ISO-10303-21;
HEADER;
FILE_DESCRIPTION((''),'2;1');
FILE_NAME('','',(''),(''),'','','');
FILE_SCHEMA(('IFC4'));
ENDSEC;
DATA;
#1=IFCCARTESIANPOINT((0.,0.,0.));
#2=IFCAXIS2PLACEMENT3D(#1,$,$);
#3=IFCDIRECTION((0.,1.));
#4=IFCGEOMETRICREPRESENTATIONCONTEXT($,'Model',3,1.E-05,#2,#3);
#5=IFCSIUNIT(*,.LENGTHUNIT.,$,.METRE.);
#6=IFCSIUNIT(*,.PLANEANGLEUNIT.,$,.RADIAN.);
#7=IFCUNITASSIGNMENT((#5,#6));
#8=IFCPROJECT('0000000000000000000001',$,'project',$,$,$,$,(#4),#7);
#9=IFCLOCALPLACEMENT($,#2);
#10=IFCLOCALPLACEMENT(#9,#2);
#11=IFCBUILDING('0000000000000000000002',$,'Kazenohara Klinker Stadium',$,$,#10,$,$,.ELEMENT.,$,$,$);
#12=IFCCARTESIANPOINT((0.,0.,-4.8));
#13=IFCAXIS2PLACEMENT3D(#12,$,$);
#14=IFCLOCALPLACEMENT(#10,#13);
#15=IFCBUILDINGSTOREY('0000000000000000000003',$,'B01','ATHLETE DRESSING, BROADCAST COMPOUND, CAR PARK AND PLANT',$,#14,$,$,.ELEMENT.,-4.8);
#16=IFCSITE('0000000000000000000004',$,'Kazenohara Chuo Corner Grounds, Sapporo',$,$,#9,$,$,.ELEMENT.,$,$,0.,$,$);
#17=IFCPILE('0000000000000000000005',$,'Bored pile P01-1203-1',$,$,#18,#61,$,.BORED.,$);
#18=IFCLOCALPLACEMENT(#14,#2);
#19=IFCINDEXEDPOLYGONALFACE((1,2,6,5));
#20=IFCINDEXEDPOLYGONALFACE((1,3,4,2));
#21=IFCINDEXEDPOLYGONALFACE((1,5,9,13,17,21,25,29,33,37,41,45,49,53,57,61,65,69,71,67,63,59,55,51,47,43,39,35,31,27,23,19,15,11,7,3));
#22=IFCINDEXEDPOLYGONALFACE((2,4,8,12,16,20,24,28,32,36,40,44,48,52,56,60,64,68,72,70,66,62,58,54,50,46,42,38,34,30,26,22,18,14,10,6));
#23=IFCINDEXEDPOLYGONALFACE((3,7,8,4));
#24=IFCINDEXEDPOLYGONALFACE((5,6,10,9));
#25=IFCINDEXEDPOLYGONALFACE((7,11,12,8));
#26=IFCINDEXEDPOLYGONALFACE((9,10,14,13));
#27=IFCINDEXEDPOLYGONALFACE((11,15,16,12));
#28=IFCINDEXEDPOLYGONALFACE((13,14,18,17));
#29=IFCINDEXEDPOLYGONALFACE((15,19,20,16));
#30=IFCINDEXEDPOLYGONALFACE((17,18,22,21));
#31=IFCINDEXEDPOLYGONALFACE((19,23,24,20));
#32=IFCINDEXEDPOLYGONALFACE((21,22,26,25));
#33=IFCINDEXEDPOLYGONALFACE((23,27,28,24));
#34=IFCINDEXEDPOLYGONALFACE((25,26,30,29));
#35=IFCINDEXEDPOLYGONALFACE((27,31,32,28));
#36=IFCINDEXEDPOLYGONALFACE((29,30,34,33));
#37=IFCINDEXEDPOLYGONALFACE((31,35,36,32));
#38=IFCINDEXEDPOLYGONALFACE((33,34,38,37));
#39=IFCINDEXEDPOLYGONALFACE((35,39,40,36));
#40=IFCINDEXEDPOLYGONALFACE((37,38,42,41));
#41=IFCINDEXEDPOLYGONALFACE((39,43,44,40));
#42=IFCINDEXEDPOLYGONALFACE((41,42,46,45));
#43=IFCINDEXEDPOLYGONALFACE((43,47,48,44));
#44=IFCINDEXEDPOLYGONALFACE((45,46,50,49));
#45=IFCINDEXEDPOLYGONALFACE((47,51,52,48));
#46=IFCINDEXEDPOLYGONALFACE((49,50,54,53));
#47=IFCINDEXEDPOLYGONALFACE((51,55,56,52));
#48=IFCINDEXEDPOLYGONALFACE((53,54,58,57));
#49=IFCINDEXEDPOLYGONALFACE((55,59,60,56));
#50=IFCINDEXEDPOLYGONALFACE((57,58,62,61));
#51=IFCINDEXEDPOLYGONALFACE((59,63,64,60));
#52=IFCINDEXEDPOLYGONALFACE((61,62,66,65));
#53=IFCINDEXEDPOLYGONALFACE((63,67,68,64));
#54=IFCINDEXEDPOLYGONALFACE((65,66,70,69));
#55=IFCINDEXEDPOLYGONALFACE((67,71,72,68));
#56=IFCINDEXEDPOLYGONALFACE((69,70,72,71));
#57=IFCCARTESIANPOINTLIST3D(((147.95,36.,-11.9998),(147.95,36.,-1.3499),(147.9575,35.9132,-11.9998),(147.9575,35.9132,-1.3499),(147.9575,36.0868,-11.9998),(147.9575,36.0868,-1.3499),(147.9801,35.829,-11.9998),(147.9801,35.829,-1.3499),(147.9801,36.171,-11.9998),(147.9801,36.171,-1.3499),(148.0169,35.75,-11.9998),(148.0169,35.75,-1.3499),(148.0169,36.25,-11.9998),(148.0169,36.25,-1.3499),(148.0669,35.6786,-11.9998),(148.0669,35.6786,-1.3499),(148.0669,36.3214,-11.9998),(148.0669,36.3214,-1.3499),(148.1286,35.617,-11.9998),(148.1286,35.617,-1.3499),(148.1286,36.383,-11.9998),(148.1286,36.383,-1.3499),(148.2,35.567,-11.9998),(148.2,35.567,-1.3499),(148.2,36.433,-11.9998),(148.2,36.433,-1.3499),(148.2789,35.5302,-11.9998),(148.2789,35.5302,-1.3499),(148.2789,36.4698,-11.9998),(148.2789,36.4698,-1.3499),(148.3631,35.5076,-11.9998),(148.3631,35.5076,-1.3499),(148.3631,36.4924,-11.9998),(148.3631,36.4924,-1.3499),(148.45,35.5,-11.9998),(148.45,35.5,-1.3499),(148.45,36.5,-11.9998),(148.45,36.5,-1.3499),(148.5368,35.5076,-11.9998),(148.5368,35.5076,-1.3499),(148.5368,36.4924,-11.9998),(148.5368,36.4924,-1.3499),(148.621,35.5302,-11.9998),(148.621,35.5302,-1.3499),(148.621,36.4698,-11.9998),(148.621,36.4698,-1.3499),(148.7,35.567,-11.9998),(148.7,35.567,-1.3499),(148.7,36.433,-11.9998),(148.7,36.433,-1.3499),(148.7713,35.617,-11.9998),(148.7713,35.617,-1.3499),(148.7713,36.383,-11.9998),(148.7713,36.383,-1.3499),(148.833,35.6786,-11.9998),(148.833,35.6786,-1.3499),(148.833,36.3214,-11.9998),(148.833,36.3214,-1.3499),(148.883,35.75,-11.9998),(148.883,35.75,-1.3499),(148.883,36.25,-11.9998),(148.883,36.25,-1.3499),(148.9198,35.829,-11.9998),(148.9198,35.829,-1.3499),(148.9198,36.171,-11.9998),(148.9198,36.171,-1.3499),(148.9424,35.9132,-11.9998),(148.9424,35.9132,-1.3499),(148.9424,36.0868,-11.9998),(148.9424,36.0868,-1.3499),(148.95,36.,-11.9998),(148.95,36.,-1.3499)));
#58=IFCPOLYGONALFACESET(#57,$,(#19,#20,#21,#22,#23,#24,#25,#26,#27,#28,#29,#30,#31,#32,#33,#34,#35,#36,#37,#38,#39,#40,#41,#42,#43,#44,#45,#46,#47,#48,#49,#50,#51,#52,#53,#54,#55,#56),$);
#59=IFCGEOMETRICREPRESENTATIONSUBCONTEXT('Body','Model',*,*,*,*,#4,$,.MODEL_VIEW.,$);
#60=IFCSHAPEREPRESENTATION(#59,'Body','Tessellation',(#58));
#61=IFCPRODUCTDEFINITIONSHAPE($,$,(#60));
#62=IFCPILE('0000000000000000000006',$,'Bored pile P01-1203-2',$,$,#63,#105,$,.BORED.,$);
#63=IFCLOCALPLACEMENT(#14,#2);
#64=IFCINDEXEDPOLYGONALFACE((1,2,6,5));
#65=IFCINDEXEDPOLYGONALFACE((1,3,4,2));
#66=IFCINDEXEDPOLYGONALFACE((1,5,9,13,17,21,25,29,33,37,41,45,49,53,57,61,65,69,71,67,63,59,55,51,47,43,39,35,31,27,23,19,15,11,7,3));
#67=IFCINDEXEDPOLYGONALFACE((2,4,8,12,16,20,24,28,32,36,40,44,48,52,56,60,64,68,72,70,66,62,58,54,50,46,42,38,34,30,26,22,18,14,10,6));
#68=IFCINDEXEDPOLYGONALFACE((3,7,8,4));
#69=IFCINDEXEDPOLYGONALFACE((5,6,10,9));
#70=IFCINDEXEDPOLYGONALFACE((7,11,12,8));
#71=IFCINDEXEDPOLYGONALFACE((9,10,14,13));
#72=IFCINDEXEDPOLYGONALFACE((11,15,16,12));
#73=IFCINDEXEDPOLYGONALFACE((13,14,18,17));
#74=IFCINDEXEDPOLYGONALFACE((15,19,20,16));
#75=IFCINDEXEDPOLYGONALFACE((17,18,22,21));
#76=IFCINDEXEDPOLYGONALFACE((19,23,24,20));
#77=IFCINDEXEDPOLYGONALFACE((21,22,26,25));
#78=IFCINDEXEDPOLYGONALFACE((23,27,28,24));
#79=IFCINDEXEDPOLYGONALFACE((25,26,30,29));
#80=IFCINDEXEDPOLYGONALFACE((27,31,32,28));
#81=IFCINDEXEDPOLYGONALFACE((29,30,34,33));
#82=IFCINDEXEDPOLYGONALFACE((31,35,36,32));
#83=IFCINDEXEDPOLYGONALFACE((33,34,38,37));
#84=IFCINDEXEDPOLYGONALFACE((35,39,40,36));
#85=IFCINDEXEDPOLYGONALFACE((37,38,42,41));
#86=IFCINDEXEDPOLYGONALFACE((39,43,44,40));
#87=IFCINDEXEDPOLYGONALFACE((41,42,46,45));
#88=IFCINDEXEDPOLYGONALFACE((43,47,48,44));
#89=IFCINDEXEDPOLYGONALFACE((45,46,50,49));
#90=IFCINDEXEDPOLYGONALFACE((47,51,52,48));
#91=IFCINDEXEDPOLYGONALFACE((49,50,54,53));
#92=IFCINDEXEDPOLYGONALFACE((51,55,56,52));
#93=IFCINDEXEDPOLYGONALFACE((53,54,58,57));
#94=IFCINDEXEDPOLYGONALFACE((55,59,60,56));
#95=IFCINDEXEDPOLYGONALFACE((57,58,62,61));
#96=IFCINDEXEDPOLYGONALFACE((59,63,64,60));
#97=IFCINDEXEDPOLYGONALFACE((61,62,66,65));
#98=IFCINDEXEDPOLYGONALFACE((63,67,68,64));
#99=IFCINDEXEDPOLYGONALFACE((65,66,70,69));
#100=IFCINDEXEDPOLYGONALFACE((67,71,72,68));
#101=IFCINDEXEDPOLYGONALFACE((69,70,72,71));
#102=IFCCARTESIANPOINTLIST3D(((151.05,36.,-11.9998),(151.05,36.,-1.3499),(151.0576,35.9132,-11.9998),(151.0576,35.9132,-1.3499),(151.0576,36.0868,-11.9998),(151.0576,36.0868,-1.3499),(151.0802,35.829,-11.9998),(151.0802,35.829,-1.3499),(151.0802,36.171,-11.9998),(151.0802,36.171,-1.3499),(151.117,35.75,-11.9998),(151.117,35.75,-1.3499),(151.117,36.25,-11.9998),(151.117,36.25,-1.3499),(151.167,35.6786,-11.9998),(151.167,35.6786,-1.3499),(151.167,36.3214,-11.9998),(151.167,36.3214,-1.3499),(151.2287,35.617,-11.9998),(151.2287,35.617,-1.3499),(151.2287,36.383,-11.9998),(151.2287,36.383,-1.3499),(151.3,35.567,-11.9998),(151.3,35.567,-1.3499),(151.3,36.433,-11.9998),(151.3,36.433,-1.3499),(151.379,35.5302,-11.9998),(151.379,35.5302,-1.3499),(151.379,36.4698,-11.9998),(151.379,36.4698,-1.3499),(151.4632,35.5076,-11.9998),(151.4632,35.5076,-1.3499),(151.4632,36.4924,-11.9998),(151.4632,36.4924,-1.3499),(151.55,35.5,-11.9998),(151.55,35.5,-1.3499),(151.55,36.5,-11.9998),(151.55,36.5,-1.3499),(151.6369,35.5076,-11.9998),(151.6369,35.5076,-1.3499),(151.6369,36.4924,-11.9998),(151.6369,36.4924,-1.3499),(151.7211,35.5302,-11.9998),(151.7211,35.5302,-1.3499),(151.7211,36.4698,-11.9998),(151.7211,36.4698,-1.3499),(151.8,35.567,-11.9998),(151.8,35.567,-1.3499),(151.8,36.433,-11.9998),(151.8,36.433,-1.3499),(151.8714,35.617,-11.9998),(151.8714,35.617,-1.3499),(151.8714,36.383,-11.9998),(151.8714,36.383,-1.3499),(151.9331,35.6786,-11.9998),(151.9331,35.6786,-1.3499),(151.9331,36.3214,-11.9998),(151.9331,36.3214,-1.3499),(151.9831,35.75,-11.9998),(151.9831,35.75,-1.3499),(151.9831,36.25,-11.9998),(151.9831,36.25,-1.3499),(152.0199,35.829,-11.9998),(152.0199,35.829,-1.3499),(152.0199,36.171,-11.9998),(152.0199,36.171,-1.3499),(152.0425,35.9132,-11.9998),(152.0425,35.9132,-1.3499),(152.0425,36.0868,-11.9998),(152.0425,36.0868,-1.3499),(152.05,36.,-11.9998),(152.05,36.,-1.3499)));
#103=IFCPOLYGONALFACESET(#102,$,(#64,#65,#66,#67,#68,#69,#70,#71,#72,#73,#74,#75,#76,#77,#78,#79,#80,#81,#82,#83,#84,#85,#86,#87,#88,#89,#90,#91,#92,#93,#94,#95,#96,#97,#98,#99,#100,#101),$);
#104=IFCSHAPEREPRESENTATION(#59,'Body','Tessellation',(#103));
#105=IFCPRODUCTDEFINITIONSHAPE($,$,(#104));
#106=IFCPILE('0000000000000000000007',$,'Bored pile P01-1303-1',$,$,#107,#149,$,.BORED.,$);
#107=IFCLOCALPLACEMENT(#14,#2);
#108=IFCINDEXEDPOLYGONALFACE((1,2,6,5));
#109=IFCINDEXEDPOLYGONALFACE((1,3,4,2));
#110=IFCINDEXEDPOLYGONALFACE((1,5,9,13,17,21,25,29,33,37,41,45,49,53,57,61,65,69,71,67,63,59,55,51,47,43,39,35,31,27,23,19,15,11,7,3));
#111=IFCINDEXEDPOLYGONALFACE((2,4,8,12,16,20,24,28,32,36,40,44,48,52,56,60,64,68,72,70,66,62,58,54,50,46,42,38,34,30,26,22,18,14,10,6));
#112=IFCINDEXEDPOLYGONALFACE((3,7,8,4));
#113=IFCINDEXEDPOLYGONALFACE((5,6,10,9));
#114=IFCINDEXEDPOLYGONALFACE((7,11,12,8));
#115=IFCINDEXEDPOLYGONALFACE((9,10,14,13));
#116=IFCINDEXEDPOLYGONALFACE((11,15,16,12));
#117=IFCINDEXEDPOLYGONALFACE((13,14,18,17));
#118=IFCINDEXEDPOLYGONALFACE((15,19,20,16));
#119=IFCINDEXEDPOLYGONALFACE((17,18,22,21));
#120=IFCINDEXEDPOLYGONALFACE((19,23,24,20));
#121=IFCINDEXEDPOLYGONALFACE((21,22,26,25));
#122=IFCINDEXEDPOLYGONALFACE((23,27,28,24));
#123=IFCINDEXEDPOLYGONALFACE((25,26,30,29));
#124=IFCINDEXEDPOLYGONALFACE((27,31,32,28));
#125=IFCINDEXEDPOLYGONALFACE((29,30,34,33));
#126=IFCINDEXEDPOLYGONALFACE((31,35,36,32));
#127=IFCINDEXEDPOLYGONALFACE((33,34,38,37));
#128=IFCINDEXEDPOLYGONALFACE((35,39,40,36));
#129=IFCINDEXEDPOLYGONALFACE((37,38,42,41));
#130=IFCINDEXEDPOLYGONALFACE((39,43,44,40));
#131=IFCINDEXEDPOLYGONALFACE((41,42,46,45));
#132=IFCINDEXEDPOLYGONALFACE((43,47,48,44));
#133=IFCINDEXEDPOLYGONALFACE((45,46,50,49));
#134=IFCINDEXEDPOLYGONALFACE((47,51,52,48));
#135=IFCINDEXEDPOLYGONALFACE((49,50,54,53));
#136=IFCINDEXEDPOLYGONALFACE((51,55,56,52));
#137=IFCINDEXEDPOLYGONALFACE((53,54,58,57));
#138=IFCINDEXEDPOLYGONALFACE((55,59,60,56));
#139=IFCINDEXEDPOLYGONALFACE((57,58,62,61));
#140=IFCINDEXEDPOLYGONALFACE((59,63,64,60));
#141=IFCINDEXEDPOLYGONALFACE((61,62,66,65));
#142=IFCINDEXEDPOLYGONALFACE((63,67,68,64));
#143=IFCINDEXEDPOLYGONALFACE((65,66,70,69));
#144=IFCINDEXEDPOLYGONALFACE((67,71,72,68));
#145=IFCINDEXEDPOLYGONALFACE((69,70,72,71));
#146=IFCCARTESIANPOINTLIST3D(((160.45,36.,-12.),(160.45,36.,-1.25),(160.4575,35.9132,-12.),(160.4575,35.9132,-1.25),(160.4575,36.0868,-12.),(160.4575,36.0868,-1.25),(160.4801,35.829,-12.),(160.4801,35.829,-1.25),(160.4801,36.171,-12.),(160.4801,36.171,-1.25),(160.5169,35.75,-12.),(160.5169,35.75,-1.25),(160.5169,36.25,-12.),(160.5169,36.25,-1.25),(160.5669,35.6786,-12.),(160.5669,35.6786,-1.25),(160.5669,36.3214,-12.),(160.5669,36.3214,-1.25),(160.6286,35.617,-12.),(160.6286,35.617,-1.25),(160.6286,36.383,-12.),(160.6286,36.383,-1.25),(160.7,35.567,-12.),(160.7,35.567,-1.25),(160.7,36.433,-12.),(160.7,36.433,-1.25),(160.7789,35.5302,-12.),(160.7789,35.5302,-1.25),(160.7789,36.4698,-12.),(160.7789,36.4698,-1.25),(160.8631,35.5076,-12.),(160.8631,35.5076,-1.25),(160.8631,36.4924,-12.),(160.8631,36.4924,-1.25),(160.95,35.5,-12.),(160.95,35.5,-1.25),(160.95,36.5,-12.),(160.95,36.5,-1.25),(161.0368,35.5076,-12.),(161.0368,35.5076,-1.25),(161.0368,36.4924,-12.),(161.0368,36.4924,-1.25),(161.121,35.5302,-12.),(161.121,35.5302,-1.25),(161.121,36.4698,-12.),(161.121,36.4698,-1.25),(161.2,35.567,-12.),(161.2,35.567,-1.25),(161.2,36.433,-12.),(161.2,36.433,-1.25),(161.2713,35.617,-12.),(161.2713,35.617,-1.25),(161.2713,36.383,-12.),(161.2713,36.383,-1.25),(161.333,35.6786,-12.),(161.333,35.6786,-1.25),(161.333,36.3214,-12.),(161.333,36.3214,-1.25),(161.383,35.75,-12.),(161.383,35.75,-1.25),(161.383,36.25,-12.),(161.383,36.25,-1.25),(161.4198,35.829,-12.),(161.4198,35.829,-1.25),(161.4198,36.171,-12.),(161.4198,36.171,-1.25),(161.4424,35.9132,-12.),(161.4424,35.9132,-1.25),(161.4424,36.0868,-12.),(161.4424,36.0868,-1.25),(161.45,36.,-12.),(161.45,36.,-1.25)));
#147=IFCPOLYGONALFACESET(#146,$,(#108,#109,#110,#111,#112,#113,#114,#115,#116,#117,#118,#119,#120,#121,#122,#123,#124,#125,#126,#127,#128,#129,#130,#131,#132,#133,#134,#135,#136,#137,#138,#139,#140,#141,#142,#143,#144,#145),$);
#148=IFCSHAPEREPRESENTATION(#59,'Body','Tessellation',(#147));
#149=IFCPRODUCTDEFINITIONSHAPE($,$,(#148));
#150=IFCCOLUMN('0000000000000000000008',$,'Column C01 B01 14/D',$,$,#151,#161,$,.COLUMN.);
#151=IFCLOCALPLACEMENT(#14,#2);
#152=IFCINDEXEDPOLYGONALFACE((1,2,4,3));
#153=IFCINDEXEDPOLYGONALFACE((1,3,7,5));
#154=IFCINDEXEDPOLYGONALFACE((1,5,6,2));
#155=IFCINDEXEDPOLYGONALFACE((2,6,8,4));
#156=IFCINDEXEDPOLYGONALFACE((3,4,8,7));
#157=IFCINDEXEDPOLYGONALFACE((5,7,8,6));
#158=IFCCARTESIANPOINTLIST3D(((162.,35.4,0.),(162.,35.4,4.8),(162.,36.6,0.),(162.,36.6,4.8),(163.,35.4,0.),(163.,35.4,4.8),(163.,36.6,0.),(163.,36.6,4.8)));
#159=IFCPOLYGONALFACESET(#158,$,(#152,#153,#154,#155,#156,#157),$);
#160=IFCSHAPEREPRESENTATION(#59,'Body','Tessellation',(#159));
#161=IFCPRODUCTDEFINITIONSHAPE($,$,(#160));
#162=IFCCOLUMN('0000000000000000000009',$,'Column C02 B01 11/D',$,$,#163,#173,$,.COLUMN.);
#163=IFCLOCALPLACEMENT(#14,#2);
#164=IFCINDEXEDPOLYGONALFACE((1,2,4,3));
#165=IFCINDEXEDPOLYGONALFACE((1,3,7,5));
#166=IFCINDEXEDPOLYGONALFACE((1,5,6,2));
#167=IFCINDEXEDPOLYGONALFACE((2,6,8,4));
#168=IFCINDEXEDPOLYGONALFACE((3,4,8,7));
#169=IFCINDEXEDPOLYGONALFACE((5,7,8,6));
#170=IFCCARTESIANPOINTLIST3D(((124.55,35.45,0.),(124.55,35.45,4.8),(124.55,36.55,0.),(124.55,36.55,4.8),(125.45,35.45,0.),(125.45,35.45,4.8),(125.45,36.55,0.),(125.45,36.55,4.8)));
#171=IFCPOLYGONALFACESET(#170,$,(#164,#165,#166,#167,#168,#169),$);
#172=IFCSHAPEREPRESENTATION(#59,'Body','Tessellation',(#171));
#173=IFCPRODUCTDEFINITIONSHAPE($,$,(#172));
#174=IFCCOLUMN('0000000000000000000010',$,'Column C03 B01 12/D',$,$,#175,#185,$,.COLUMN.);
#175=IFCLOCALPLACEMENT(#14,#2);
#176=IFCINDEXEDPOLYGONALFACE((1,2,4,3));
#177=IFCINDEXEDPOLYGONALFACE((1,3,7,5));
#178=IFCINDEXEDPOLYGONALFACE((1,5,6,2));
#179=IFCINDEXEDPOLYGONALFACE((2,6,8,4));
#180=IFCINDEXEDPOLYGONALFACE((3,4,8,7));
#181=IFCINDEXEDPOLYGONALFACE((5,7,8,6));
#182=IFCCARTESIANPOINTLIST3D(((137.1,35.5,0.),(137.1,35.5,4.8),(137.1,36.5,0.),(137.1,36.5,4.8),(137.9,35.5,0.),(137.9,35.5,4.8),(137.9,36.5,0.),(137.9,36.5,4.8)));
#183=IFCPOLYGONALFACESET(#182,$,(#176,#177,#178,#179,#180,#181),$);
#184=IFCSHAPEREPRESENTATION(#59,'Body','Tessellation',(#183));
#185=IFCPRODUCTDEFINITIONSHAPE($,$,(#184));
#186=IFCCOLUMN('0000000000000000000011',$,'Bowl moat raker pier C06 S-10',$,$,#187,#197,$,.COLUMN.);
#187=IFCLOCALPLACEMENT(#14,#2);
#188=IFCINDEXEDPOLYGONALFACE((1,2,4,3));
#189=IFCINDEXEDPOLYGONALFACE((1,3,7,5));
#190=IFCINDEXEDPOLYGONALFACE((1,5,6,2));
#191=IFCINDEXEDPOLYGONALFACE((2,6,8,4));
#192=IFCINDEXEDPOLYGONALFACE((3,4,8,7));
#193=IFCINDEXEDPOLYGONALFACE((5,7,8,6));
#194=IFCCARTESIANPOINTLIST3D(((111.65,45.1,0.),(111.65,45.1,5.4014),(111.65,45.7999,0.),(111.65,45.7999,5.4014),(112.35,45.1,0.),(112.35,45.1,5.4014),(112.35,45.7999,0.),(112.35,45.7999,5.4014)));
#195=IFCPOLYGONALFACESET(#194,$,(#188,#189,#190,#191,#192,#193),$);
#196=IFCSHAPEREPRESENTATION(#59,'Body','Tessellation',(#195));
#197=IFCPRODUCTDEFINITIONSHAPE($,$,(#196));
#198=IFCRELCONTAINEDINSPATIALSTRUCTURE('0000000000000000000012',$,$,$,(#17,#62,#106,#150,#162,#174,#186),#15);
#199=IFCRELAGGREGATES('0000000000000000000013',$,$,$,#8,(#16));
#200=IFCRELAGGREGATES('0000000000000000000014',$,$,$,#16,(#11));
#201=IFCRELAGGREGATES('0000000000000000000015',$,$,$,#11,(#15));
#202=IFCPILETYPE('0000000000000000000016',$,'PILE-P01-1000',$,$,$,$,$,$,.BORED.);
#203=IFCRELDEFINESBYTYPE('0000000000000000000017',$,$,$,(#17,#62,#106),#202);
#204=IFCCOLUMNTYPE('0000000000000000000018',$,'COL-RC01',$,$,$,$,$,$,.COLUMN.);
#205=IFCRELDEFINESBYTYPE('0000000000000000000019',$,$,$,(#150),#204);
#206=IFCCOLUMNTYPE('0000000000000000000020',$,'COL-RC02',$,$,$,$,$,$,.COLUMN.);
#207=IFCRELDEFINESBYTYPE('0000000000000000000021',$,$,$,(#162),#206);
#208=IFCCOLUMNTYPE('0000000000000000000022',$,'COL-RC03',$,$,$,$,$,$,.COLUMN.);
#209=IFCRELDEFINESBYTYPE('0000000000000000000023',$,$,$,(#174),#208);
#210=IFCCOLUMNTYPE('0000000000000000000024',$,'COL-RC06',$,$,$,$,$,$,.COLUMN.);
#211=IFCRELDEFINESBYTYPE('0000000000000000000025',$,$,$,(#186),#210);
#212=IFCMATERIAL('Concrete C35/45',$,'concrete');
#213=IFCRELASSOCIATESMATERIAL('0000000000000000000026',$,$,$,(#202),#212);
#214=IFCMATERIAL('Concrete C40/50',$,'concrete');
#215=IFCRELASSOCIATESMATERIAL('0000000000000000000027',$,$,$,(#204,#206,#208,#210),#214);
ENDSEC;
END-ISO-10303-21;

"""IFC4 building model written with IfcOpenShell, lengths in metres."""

from ifc_helpers import new_model, si_unit, direction, frame, origin, origin_2d, place, context, subcontext, project, spatial, rectangle, circle, extrude, material, material_profile, profile_set, type_object, element, save


model = new_model("IFC4")

# Units and contexts
model_context = context("Model", 3, precision=1e-05, world=origin(), true_north=direction((0.0, 1.0)))
body_context = subcontext(model_context, "Body", "Model", "MODEL_VIEW")
ifc_project = project(units=[si_unit("LENGTHUNIT", "METRE"), si_unit("PLANEANGLEUNIT", "RADIAN")], contexts=[model_context])

# Site, building, storey
site_placement = place(None, origin())
site = spatial("IfcSite", under=ifc_project, at=site_placement, Name="Kazenohara Chuo Corner Grounds, Sapporo", CompositionType="ELEMENT", RefElevation=0.0)
building_placement = place(site_placement, origin())
building = spatial("IfcBuilding", under=site, at=building_placement, Name="Kazenohara Klinker Stadium", CompositionType="ELEMENT")
storey_placement = place(building_placement, frame((0.0, 0.0, -4.8)))
storey = spatial("IfcBuildingStorey", under=building, at=storey_placement, Name="B01", Description="ATHLETE DRESSING, BROADCAST COMPOUND, CAR PARK AND PLANT", CompositionType="ELEMENT", Elevation=-4.8)

# Shared definitions
ifc_material_1 = material(Name="Concrete C35/45", Category="concrete")

# Piles
ifc_material_profile_1 = material_profile(ifc_material_1, circle(Radius=0.5, at=origin_2d()), Name="BORED-PILE-1000")
ifc_profile_set_1 = profile_set([ifc_material_profile_1], Name="Concrete C35/45")
pile_type = type_object("IfcPileType", Name="PILE-P01-1000", PredefinedType="BORED", material=ifc_profile_set_1)
for number, where, z_axis, x_axis, name in (
    (1, (148.45, 36.0, -1.3499), (0.0, 0.0, -1.0), (1.0, 0.0, 0.0), "Bored pile P01-1203-1"),
    (2, (151.55, 36.0, -1.3499), (0.0, 0.0, -1.0), (1.0, 0.0, 0.0), "Bored pile P01-1203-2"),
):
    element("IfcPile", number, at=place(storey_placement, frame(where, z_axis=z_axis, x_axis=x_axis)), inside=storey, type_object=pile_type, Name=name, PredefinedType="BORED", context=body_context, shape_type="SweptSolid", body=[
        extrude(circle(Radius=0.5, at=origin_2d()), origin(), (0.0, 0.0, 1.0), 10.6499),
    ])
pile_1_placement = place(storey_placement, frame((160.95, 36.0, -1.25), z_axis=(0.0, 0.0, -1.0), x_axis=(1.0, 0.0, 0.0)))
element("IfcPile", 3, at=pile_1_placement, inside=storey, type_object=pile_type, Name="Bored pile P01-1303-1", PredefinedType="BORED", context=body_context, shape_type="SweptSolid", body=[
    extrude(circle(Radius=0.5, at=origin_2d()), origin(), (0.0, 0.0, 1.0), 10.75),
])

# Columns
ifc_material_2 = material(Name="Concrete C40/50", Category="concrete")
ifc_material_profile_2 = material_profile(ifc_material_2, rectangle(XDim=1.0, YDim=1.2, at=origin_2d()), Name="RC-COL-1200x1000")
ifc_profile_set_2 = profile_set([ifc_material_profile_2], Name="Concrete C40/50")
column_type_1 = type_object("IfcColumnType", Name="COL-RC01", PredefinedType="COLUMN", material=ifc_profile_set_2)
column_1_placement = place(storey_placement, frame((162.5, 36.0, 0.0), z_axis=(0.0, 0.0, 1.0), x_axis=(1.0, 0.0, 0.0)))
element("IfcColumn", 4, at=column_1_placement, inside=storey, type_object=column_type_1, Name="Column C01 B01 14/D", PredefinedType="COLUMN", context=body_context, shape_type="SweptSolid", body=[
    extrude(rectangle(XDim=1.0, YDim=1.2, at=origin_2d()), origin(), (0.0, 0.0, 1.0), 4.8),
])
ifc_material_profile_3 = material_profile(ifc_material_2, rectangle(XDim=0.8999, YDim=1.1001, at=origin_2d()), Name="RC-COL-1100x900")
ifc_profile_set_3 = profile_set([ifc_material_profile_3], Name="Concrete C40/50")
column_type_2 = type_object("IfcColumnType", Name="COL-RC02", PredefinedType="COLUMN", material=ifc_profile_set_3)
column_2_placement = place(storey_placement, frame((125.0, 36.0, 0.0), z_axis=(0.0, 0.0, 1.0), x_axis=(1.0, 0.0, 0.0)))
element("IfcColumn", 5, at=column_2_placement, inside=storey, type_object=column_type_2, Name="Column C02 B01 11/D", PredefinedType="COLUMN", context=body_context, shape_type="SweptSolid", body=[
    extrude(rectangle(XDim=0.8999, YDim=1.1001, at=origin_2d()), origin(), (0.0, 0.0, 1.0), 4.8),
])
ifc_material_profile_4 = material_profile(ifc_material_2, rectangle(XDim=0.8, YDim=1.0, at=origin_2d()), Name="RC-COL-1000x800")
ifc_profile_set_4 = profile_set([ifc_material_profile_4], Name="Concrete C40/50")
column_type_3 = type_object("IfcColumnType", Name="COL-RC03", PredefinedType="COLUMN", material=ifc_profile_set_4)
column_3_placement = place(storey_placement, frame((137.5, 36.0, 0.0), z_axis=(0.0, 0.0, 1.0), x_axis=(1.0, 0.0, 0.0)))
element("IfcColumn", 6, at=column_3_placement, inside=storey, type_object=column_type_3, Name="Column C03 B01 12/D", PredefinedType="COLUMN", context=body_context, shape_type="SweptSolid", body=[
    extrude(rectangle(XDim=0.8, YDim=1.0, at=origin_2d()), origin(), (0.0, 0.0, 1.0), 4.8),
])
ifc_material_profile_5 = material_profile(ifc_material_2, rectangle(XDim=0.7, YDim=0.7, at=origin_2d()), Name="RC-COL-700x700")
ifc_profile_set_5 = profile_set([ifc_material_profile_5], Name="Concrete C40/50")
column_type_4 = type_object("IfcColumnType", Name="COL-RC06", PredefinedType="COLUMN", material=ifc_profile_set_5)
column_4_placement = place(storey_placement, frame((112.0, 45.45, 0.0), z_axis=(0.0, 0.0, 1.0), x_axis=(1.0, 0.0, 0.0)))
element("IfcColumn", 7, at=column_4_placement, inside=storey, type_object=column_type_4, Name="Bowl moat raker pier C06 S-10", PredefinedType="COLUMN", context=body_context, shape_type="SweptSolid", body=[
    extrude(rectangle(XDim=0.7, YDim=0.7, at=origin_2d()), origin(), (0.0, 0.0, 1.0), 5.4014),
])

save(model, "model.ifc")
